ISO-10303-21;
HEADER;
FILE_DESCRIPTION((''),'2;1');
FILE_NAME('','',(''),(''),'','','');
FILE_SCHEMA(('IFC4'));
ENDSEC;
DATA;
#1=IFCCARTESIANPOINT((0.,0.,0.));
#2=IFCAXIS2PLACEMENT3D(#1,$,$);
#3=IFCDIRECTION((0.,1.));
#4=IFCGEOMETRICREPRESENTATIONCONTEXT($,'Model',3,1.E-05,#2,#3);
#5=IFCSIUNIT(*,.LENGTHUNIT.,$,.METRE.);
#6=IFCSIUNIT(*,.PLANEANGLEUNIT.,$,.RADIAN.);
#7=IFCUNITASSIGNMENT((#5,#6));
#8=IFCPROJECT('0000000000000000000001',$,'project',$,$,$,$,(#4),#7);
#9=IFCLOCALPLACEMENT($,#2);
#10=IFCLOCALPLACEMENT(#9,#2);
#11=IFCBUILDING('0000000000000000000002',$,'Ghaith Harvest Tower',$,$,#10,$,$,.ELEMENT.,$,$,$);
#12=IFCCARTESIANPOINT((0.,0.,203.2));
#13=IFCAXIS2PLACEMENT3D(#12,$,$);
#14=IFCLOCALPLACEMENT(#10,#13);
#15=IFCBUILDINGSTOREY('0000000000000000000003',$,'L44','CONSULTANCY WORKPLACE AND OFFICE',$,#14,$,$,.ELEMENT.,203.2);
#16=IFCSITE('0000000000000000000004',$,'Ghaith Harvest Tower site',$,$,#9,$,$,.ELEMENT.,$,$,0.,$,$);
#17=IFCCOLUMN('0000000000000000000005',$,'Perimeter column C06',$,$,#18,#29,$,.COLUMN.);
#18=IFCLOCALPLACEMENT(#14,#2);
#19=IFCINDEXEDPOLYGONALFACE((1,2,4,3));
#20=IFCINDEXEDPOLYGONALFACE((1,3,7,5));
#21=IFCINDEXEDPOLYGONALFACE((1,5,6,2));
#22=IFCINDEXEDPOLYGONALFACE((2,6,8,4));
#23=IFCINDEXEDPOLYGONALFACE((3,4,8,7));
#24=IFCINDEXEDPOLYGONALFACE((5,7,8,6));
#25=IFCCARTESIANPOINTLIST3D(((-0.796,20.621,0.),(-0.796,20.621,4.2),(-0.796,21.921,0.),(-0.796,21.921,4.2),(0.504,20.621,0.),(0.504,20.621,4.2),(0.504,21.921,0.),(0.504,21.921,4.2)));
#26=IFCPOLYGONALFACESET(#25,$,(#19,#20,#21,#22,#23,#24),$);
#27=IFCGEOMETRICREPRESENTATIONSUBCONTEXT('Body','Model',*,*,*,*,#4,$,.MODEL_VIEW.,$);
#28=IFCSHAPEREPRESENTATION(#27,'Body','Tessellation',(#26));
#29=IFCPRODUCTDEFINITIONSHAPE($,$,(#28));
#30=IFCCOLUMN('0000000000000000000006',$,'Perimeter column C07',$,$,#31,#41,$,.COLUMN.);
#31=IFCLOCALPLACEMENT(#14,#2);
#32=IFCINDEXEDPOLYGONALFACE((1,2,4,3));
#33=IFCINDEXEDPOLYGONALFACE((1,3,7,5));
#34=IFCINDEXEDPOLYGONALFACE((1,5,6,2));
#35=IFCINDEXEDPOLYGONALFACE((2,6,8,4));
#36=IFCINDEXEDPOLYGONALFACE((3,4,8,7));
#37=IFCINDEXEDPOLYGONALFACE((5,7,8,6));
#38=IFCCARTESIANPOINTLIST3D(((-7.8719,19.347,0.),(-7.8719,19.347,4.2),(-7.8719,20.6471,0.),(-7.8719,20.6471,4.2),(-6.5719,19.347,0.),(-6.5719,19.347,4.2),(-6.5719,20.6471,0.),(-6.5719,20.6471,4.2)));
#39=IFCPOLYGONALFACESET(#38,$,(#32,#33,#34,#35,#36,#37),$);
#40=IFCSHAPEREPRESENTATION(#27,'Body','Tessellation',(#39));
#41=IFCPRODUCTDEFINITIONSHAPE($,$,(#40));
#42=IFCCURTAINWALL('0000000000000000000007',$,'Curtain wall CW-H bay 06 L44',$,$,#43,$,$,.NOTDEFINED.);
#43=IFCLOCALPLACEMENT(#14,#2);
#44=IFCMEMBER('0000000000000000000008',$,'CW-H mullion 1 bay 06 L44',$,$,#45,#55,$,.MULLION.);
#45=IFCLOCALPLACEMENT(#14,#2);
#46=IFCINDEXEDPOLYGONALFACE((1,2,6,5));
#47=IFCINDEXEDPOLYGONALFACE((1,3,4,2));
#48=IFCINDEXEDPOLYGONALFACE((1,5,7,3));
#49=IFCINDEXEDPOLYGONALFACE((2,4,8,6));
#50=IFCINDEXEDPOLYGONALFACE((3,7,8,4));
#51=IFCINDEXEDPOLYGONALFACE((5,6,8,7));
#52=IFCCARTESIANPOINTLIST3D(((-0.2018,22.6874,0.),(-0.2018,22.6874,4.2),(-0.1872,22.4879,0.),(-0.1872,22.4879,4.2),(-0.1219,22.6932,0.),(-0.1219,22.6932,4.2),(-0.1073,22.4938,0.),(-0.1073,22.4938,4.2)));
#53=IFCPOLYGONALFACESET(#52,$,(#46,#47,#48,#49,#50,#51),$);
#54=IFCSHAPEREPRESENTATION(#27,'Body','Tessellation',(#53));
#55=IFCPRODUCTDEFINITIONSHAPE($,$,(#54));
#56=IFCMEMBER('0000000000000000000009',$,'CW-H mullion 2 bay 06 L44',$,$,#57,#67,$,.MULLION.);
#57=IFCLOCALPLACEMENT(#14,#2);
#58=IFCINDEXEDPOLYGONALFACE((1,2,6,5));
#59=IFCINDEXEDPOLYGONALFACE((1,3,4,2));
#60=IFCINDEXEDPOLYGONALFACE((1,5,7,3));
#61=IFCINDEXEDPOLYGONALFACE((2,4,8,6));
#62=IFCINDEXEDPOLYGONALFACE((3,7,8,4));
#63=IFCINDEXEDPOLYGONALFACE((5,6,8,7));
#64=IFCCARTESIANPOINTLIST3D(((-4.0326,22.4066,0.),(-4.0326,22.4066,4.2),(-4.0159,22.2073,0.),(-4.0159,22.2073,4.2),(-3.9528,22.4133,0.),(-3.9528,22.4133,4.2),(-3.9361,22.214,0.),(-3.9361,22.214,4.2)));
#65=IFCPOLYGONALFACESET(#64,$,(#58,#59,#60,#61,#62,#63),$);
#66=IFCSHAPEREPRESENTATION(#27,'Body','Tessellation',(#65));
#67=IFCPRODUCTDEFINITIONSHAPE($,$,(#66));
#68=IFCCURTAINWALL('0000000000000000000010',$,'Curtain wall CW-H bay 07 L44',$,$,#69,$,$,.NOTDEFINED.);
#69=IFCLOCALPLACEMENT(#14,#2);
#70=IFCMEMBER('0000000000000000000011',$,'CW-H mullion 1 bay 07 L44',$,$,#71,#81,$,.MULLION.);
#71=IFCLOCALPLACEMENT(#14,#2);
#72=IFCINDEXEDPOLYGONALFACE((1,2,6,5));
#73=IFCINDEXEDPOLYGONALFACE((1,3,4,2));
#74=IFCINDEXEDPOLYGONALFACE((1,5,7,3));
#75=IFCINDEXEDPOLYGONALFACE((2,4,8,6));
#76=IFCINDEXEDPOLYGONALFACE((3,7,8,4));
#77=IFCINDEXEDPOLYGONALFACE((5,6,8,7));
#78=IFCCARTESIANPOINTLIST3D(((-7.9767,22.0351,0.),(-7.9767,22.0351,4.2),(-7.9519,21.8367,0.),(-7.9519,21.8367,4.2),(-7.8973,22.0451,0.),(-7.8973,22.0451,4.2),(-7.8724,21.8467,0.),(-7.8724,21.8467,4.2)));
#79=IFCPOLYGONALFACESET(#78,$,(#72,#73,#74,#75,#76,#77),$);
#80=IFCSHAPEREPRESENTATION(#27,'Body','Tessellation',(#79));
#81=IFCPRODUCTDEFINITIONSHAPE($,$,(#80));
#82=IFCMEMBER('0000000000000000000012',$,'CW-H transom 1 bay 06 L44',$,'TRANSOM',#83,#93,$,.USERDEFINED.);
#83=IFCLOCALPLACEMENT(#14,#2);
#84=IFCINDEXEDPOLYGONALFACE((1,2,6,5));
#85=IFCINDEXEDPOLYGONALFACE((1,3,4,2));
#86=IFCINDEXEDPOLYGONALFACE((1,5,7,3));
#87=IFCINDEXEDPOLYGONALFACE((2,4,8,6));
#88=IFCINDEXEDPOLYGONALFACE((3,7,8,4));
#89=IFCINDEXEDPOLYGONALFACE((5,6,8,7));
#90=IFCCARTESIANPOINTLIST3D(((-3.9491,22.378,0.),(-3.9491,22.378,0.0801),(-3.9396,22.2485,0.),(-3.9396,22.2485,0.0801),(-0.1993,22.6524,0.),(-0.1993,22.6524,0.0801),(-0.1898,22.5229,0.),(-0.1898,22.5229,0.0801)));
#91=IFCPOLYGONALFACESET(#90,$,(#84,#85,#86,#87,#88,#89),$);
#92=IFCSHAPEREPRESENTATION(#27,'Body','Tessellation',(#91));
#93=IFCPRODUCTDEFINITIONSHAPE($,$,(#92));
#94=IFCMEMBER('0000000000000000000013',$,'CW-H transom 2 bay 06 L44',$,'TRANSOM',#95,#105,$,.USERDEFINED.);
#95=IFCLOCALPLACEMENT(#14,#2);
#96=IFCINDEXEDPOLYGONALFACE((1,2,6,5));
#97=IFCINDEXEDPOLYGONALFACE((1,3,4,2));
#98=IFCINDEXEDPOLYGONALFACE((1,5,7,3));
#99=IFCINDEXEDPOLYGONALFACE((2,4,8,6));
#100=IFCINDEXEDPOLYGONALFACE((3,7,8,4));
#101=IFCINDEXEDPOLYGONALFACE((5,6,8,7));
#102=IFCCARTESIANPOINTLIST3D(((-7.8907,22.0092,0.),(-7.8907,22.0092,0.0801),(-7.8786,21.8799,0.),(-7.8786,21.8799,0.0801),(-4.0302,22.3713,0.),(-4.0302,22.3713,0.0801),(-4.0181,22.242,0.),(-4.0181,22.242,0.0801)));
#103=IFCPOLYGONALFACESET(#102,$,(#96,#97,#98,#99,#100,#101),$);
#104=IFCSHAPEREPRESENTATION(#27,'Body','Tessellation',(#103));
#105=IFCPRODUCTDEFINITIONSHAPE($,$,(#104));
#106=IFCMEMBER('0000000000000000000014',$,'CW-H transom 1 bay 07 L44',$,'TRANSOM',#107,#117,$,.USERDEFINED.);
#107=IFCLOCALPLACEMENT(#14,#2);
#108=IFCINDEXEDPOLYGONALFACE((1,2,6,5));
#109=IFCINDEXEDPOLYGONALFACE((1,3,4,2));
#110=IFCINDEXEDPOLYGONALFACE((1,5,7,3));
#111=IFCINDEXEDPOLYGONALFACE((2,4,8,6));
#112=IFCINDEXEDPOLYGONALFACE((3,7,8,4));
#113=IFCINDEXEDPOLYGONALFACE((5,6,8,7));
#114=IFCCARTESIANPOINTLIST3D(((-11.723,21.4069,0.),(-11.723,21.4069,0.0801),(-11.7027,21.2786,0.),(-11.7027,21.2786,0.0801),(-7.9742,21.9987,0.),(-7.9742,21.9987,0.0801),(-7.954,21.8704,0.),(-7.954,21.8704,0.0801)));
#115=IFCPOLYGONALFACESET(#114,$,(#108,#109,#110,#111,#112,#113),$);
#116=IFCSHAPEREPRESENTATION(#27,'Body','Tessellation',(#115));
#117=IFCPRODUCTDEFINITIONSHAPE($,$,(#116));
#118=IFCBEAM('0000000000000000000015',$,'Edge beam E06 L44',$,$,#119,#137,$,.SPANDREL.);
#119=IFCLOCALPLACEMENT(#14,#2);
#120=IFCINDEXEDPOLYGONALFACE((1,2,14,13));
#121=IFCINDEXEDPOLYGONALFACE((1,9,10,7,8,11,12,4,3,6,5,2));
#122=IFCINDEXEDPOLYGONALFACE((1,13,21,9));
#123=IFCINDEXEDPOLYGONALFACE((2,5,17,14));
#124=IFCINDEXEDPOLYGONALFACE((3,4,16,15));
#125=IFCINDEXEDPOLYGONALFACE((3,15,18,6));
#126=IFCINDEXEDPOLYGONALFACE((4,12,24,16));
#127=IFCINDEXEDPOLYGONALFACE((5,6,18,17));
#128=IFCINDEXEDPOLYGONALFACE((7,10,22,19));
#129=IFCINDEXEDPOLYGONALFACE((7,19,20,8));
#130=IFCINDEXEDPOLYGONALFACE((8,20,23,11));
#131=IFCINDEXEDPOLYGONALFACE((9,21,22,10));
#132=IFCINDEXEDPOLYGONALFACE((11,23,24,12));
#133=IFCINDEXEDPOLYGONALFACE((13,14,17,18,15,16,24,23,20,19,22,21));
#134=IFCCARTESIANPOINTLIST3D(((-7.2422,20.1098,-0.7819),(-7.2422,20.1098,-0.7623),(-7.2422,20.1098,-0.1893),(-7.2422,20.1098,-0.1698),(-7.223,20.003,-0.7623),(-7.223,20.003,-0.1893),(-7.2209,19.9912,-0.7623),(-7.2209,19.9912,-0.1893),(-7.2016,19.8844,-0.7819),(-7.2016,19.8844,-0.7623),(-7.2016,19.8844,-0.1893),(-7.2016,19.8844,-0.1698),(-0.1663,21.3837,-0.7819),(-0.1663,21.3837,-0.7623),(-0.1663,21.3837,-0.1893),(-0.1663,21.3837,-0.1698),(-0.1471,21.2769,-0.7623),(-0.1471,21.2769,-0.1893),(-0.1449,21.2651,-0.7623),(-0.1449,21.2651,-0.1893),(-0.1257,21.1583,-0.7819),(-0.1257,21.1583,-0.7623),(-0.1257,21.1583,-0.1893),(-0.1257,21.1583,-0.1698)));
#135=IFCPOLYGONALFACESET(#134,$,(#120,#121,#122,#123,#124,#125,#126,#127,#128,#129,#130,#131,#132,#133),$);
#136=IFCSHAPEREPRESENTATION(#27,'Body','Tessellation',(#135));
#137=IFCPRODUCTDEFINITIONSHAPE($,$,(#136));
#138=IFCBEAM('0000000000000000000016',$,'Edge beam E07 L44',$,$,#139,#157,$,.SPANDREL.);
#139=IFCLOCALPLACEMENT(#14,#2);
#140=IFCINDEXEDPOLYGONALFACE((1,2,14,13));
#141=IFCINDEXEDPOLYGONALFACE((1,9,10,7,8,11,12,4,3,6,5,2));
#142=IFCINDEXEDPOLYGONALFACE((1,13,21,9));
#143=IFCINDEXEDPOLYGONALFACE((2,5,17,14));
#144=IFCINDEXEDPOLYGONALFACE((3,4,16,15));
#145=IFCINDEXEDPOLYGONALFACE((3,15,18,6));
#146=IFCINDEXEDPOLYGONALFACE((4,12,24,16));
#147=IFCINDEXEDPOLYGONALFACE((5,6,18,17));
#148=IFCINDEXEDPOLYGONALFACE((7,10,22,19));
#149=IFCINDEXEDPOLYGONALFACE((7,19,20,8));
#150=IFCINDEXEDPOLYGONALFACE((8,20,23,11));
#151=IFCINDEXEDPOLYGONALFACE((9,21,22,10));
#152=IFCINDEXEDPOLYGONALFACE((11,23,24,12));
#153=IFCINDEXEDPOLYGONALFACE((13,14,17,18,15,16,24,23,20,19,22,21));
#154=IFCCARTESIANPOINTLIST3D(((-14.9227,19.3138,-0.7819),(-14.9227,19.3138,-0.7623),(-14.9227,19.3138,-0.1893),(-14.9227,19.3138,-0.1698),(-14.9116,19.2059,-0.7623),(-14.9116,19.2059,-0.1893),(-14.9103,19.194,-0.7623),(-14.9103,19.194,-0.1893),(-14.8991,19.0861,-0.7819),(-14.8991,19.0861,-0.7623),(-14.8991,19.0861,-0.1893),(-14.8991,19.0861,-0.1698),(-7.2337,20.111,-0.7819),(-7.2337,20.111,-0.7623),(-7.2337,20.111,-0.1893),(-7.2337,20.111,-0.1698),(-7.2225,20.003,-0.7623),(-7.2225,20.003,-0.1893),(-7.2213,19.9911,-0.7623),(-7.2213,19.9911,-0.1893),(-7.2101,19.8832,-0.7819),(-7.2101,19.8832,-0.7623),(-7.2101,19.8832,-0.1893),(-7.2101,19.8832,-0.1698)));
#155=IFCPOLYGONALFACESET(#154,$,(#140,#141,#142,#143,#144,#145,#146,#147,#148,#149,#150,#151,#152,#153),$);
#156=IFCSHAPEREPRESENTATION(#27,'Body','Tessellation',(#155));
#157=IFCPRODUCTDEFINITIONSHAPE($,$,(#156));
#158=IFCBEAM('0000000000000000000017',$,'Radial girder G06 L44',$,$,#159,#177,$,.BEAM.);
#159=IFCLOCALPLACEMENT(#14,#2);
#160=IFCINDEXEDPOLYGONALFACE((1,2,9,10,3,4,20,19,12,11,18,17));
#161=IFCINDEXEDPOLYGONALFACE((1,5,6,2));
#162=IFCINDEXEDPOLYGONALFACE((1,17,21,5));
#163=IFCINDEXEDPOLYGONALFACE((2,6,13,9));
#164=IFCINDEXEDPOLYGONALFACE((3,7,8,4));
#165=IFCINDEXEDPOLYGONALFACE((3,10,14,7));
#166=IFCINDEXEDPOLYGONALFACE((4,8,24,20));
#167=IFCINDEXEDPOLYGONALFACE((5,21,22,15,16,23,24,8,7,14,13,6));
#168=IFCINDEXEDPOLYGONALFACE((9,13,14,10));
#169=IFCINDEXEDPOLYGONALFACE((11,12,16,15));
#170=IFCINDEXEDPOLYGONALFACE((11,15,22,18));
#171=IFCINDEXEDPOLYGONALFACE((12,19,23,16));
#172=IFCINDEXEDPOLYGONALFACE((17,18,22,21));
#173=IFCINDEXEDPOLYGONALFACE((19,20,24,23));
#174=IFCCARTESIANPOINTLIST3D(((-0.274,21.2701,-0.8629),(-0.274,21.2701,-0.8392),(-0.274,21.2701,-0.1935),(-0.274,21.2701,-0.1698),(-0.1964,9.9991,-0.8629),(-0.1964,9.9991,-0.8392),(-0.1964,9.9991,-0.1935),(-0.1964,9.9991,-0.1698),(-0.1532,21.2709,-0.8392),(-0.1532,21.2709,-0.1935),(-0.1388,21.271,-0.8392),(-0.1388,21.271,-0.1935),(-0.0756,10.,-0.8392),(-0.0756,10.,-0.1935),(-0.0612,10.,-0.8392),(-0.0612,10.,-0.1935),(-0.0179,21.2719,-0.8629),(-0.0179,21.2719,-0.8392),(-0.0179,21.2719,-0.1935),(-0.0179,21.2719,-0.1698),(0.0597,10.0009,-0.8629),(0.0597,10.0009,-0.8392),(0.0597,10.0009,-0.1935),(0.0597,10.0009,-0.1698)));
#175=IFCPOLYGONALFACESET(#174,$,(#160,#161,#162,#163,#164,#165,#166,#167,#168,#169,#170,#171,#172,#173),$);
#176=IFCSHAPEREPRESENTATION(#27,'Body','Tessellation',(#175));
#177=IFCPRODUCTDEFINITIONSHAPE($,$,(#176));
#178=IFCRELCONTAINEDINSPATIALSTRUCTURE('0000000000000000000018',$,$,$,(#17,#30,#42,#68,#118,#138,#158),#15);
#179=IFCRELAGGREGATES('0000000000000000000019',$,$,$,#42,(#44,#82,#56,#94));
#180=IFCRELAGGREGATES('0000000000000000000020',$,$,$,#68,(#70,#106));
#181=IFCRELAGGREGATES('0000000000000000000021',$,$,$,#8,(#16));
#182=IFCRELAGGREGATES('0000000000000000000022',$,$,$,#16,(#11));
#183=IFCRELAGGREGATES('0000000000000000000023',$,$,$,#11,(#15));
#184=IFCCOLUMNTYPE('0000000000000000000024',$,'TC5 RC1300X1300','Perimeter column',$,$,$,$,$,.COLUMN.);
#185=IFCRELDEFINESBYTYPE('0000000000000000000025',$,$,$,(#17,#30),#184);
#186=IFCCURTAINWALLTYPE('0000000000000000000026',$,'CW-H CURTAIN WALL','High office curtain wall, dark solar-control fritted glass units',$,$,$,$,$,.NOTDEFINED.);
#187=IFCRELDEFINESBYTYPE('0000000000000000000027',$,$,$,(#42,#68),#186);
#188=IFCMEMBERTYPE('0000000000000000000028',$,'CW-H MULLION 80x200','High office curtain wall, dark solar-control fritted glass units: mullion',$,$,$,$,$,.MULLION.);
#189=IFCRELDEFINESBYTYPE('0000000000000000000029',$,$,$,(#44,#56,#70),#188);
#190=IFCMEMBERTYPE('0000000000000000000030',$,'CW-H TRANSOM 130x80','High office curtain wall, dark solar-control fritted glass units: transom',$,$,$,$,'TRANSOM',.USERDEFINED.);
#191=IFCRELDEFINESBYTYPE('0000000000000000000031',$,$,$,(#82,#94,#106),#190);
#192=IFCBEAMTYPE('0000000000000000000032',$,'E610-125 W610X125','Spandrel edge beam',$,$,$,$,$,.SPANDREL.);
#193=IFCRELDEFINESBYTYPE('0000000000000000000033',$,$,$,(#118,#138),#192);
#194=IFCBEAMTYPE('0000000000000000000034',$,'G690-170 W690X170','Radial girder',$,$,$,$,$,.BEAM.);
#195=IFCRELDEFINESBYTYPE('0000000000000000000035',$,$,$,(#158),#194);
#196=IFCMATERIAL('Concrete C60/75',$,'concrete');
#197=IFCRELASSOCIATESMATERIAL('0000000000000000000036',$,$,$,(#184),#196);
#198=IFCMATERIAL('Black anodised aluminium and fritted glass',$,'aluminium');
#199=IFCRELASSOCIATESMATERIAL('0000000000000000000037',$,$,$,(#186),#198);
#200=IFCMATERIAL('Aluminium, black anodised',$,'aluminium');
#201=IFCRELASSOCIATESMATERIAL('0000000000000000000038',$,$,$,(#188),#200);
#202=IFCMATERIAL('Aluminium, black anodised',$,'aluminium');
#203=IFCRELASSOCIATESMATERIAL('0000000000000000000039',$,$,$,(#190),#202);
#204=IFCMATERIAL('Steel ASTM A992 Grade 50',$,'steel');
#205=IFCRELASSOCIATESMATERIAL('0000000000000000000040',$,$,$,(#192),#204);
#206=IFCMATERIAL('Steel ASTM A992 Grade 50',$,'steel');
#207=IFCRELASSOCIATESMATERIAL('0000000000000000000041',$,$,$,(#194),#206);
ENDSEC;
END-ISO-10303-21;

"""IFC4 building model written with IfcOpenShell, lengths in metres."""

from ifc_helpers import new_model, si_unit, direction, frame, origin, origin_2d, place, context, subcontext, project, spatial, rectangle, i_section, extrude, material, material_profile, profile_set, type_object, element, aggregate, save


model = new_model("IFC4")

# Units and contexts
model_context = context("Model", 3, precision=1e-05, world=origin(), true_north=direction((0.0, 1.0)))
body_context = subcontext(model_context, "Body", "Model", "MODEL_VIEW")
ifc_project = project(units=[si_unit("LENGTHUNIT", "METRE"), si_unit("PLANEANGLEUNIT", "RADIAN")], contexts=[model_context])

# Site, building, storey
site_placement = place(None, origin())
site = spatial("IfcSite", under=ifc_project, at=site_placement, Name="Ghaith Harvest Tower site", CompositionType="ELEMENT", RefElevation=0.0)
building_placement = place(site_placement, origin())
building = spatial("IfcBuilding", under=site, at=building_placement, Name="Ghaith Harvest Tower", CompositionType="ELEMENT")
storey_placement = place(building_placement, frame((0.0, 0.0, 203.2)))
storey = spatial("IfcBuildingStorey", under=building, at=storey_placement, Name="L44", Description="CONSULTANCY WORKPLACE AND OFFICE", CompositionType="ELEMENT", Elevation=203.2)

# Columns
ifc_material_1 = material(Name="Concrete C60/75", Category="concrete")
ifc_material_profile_1 = material_profile(ifc_material_1, rectangle(XDim=1.3, YDim=1.3, at=origin_2d()), Name="RC1300X1300")
ifc_profile_set_1 = profile_set([ifc_material_profile_1], Name="Concrete C60/75")
column_type = type_object("IfcColumnType", Name="TC5 RC1300X1300", Description="Perimeter column", PredefinedType="COLUMN", material=ifc_profile_set_1)
for number, where, z_axis, x_axis, name in (
    (1, (-0.146, 21.271, 0.0), (0.0, 0.0, 1.0), (1.0, 0.0, 0.0), "Perimeter column C06"),
    (2, (-7.2219, 19.9971, 0.0), (0.0, 0.0, 1.0), (1.0, 0.0, 0.0), "Perimeter column C07"),
):
    element("IfcColumn", number, at=place(storey_placement, frame(where, z_axis=z_axis, x_axis=x_axis)), inside=storey, type_object=column_type, Name=name, PredefinedType="COLUMN", context=body_context, shape_type="SweptSolid", body=[
        extrude(rectangle(XDim=1.3, YDim=1.3, at=origin_2d()), origin(), (0.0, 0.0, 1.0), 4.2),
    ])

# Curtain wall, members
ifc_material_2 = material(Name="Black anodised aluminium and fritted glass", Category="aluminium")
curtain_wall_type = type_object("IfcCurtainWallType", Name="CW-H CURTAIN WALL", Description="High office curtain wall, dark solar-control fritted glass units", PredefinedType="NOTDEFINED", material=ifc_material_2)
curtain_wall_1_placement = place(storey_placement, origin())
curtain_wall_1 = element("IfcCurtainWall", 3, at=curtain_wall_1_placement, inside=storey, type_object=curtain_wall_type, Name="Curtain wall CW-H bay 06 L44", PredefinedType="NOTDEFINED")
ifc_material_3 = material(Name="Aluminium, black anodised", Category="aluminium")
ifc_material_profile_2 = material_profile(ifc_material_3, rectangle(XDim=0.0801, YDim=0.2, at=origin_2d()), Name="CW-H MULLION 80x200")
ifc_profile_set_2 = profile_set([ifc_material_profile_2], Name="Aluminium, black anodised")
member_type_1 = type_object("IfcMemberType", Name="CW-H MULLION 80x200", Description="High office curtain wall, dark solar-control fritted glass units: mullion", PredefinedType="MULLION", material=ifc_profile_set_2)
member_1_placement = place(storey_placement, frame((-0.1545, 22.5906, 0.0), z_axis=(0.0, 0.0, 1.0), x_axis=(-0.997329, -0.073037, 0.0)))
member_1 = element("IfcMember", 4, at=member_1_placement, type_object=member_type_1, Name="CW-H mullion 1 bay 06 L44", PredefinedType="MULLION", context=body_context, shape_type="SweptSolid", body=[
    extrude(rectangle(XDim=0.0801, YDim=0.2, at=origin_2d()), origin(), (0.0, 0.0, 1.0), 4.2),
])
member_2_placement = place(storey_placement, frame((-3.9844, 22.3103, 0.0), z_axis=(0.0, 0.0, 1.0), x_axis=(-0.996523, -0.083324, 0.0)))
member_2 = element("IfcMember", 5, at=member_2_placement, type_object=member_type_1, Name="CW-H mullion 2 bay 06 L44", PredefinedType="MULLION", context=body_context, shape_type="SweptSolid", body=[
    extrude(rectangle(XDim=0.0801, YDim=0.2, at=origin_2d()), origin(), (0.0, 0.0, 1.0), 4.2),
])

# Curtain wall, member
curtain_wall_2_placement = place(storey_placement, origin())
curtain_wall_2 = element("IfcCurtainWall", 6, at=curtain_wall_2_placement, inside=storey, type_object=curtain_wall_type, Name="Curtain wall CW-H bay 07 L44", PredefinedType="NOTDEFINED")
member_3_placement = place(storey_placement, frame((-7.9246, 21.9409, 0.0), z_axis=(0.0, 0.0, 1.0), x_axis=(-0.992235, -0.124373, 0.0)))
member_3 = element("IfcMember", 7, at=member_3_placement, type_object=member_type_1, Name="CW-H mullion 1 bay 07 L44", PredefinedType="MULLION", context=body_context, shape_type="SweptSolid", body=[
    extrude(rectangle(XDim=0.0801, YDim=0.2, at=origin_2d()), origin(), (0.0, 0.0, 1.0), 4.2),
])

# Members
ifc_material_4 = material(Name="Aluminium, black anodised", Category="aluminium")
ifc_material_profile_3 = material_profile(ifc_material_4, rectangle(XDim=0.1299, YDim=0.0801, at=origin_2d()), Name="CW-H TRANSOM 130x80")
ifc_profile_set_3 = profile_set([ifc_material_profile_3], Name="Aluminium, black anodised")
member_type_2 = type_object("IfcMemberType", Name="CW-H TRANSOM 130x80", Description="High office curtain wall, dark solar-control fritted glass units: transom", ElementType="TRANSOM", PredefinedType="USERDEFINED", material=ifc_profile_set_3)
member_4_placement = place(storey_placement, frame((-0.1946, 22.5876, 0.04), z_axis=(-0.997333, -0.072987, 0.0), x_axis=(0.072987, -0.997333, 0.0)))
member_4 = element("IfcMember", 8, at=member_4_placement, type_object=member_type_2, Name="CW-H transom 1 bay 06 L44", ObjectType="TRANSOM", PredefinedType="USERDEFINED", context=body_context, shape_type="SweptSolid", body=[
    extrude(rectangle(XDim=0.1299, YDim=0.0801, at=origin_2d()), origin(), (0.0, 0.0, 1.0), 3.7598),
])
member_5_placement = place(storey_placement, frame((-4.0242, 22.3066, 0.04), z_axis=(-0.995631, -0.093374, 0.0), x_axis=(0.093374, -0.995631, 0.0)))
member_5 = element("IfcMember", 9, at=member_5_placement, type_object=member_type_2, Name="CW-H transom 2 bay 06 L44", ObjectType="TRANSOM", PredefinedType="USERDEFINED", context=body_context, shape_type="SweptSolid", body=[
    extrude(rectangle(XDim=0.1299, YDim=0.0801, at=origin_2d()), origin(), (0.0, 0.0, 1.0), 3.8774),
])
member_6_placement = place(storey_placement, frame((-7.9641, 21.9346, 0.04), z_axis=(-0.987768, -0.155933, 0.0), x_axis=(0.155933, -0.987768, 0.0)))
member_6 = element("IfcMember", 10, at=member_6_placement, type_object=member_type_2, Name="CW-H transom 1 bay 07 L44", ObjectType="TRANSOM", PredefinedType="USERDEFINED", context=body_context, shape_type="SweptSolid", body=[
    extrude(rectangle(XDim=0.1299, YDim=0.0801, at=origin_2d()), origin(), (0.0, 0.0, 1.0), 3.7952),
])

# Beams
ifc_material_5 = material(Name="Steel ASTM A992 Grade 50", Category="steel")
ifc_material_profile_4 = material_profile(ifc_material_5, i_section(OverallWidth=0.229, OverallDepth=0.6121, WebThickness=0.012, FlangeThickness=0.0195, at=origin_2d()), Name="W610X125")
ifc_profile_set_4 = profile_set([ifc_material_profile_4], Name="Steel ASTM A992 Grade 50")
beam_type_1 = type_object("IfcBeamType", Name="E610-125 W610X125", Description="Spandrel edge beam", PredefinedType="SPANDREL", material=ifc_profile_set_4)
beam_1_placement = place(storey_placement, frame((-0.146, 21.271, -0.4758), z_axis=(-0.984177, -0.177188, 0.0), x_axis=(0.177188, -0.984177, 0.0)))
element("IfcBeam", 11, at=beam_1_placement, inside=storey, type_object=beam_type_1, Name="Edge beam E06 L44", PredefinedType="SPANDREL", context=body_context, shape_type="SweptSolid", body=[
    extrude(i_section(OverallWidth=0.229, OverallDepth=0.6121, WebThickness=0.012, FlangeThickness=0.0195, at=origin_2d()), origin(), (0.0, 0.0, 1.0), 7.1897),
])
beam_2_placement = place(storey_placement, frame((-7.2219, 19.9971, -0.4758), z_axis=(-0.994669, -0.103118, 0.0), x_axis=(0.103118, -0.994669, 0.0)))
element("IfcBeam", 12, at=beam_2_placement, inside=storey, type_object=beam_type_1, Name="Edge beam E07 L44", PredefinedType="SPANDREL", context=body_context, shape_type="SweptSolid", body=[
    extrude(i_section(OverallWidth=0.229, OverallDepth=0.6121, WebThickness=0.012, FlangeThickness=0.0195, at=origin_2d()), origin(), (0.0, 0.0, 1.0), 7.7302),
])
ifc_material_6 = material(Name="Steel ASTM A992 Grade 50", Category="steel")
ifc_material_profile_5 = material_profile(ifc_material_6, i_section(OverallWidth=0.2561, OverallDepth=0.6931, WebThickness=0.0144, FlangeThickness=0.0237, at=origin_2d()), Name="W690X170")
ifc_profile_set_5 = profile_set([ifc_material_profile_5], Name="Steel ASTM A992 Grade 50")
beam_type_2 = type_object("IfcBeamType", Name="G690-170 W690X170", Description="Radial girder", PredefinedType="BEAM", material=ifc_profile_set_5)
beam_3_placement = place(storey_placement, frame((-0.0684, 10.0, -0.5164), z_axis=(-0.006888, 0.999976, 0.0), x_axis=(-0.999976, -0.006888, 0.0)))
element("IfcBeam", 13, at=beam_3_placement, inside=storey, type_object=beam_type_2, Name="Radial girder G06 L44", PredefinedType="BEAM", context=body_context, shape_type="SweptSolid", body=[
    extrude(i_section(OverallWidth=0.2561, OverallDepth=0.6931, WebThickness=0.0144, FlangeThickness=0.0237, at=origin_2d()), origin(), (0.0, 0.0, 1.0), 11.2712),
])

aggregate(curtain_wall_1, [member_1, member_4, member_2, member_5])
aggregate(curtain_wall_2, [member_3, member_6])

save(model, "model.ifc")
